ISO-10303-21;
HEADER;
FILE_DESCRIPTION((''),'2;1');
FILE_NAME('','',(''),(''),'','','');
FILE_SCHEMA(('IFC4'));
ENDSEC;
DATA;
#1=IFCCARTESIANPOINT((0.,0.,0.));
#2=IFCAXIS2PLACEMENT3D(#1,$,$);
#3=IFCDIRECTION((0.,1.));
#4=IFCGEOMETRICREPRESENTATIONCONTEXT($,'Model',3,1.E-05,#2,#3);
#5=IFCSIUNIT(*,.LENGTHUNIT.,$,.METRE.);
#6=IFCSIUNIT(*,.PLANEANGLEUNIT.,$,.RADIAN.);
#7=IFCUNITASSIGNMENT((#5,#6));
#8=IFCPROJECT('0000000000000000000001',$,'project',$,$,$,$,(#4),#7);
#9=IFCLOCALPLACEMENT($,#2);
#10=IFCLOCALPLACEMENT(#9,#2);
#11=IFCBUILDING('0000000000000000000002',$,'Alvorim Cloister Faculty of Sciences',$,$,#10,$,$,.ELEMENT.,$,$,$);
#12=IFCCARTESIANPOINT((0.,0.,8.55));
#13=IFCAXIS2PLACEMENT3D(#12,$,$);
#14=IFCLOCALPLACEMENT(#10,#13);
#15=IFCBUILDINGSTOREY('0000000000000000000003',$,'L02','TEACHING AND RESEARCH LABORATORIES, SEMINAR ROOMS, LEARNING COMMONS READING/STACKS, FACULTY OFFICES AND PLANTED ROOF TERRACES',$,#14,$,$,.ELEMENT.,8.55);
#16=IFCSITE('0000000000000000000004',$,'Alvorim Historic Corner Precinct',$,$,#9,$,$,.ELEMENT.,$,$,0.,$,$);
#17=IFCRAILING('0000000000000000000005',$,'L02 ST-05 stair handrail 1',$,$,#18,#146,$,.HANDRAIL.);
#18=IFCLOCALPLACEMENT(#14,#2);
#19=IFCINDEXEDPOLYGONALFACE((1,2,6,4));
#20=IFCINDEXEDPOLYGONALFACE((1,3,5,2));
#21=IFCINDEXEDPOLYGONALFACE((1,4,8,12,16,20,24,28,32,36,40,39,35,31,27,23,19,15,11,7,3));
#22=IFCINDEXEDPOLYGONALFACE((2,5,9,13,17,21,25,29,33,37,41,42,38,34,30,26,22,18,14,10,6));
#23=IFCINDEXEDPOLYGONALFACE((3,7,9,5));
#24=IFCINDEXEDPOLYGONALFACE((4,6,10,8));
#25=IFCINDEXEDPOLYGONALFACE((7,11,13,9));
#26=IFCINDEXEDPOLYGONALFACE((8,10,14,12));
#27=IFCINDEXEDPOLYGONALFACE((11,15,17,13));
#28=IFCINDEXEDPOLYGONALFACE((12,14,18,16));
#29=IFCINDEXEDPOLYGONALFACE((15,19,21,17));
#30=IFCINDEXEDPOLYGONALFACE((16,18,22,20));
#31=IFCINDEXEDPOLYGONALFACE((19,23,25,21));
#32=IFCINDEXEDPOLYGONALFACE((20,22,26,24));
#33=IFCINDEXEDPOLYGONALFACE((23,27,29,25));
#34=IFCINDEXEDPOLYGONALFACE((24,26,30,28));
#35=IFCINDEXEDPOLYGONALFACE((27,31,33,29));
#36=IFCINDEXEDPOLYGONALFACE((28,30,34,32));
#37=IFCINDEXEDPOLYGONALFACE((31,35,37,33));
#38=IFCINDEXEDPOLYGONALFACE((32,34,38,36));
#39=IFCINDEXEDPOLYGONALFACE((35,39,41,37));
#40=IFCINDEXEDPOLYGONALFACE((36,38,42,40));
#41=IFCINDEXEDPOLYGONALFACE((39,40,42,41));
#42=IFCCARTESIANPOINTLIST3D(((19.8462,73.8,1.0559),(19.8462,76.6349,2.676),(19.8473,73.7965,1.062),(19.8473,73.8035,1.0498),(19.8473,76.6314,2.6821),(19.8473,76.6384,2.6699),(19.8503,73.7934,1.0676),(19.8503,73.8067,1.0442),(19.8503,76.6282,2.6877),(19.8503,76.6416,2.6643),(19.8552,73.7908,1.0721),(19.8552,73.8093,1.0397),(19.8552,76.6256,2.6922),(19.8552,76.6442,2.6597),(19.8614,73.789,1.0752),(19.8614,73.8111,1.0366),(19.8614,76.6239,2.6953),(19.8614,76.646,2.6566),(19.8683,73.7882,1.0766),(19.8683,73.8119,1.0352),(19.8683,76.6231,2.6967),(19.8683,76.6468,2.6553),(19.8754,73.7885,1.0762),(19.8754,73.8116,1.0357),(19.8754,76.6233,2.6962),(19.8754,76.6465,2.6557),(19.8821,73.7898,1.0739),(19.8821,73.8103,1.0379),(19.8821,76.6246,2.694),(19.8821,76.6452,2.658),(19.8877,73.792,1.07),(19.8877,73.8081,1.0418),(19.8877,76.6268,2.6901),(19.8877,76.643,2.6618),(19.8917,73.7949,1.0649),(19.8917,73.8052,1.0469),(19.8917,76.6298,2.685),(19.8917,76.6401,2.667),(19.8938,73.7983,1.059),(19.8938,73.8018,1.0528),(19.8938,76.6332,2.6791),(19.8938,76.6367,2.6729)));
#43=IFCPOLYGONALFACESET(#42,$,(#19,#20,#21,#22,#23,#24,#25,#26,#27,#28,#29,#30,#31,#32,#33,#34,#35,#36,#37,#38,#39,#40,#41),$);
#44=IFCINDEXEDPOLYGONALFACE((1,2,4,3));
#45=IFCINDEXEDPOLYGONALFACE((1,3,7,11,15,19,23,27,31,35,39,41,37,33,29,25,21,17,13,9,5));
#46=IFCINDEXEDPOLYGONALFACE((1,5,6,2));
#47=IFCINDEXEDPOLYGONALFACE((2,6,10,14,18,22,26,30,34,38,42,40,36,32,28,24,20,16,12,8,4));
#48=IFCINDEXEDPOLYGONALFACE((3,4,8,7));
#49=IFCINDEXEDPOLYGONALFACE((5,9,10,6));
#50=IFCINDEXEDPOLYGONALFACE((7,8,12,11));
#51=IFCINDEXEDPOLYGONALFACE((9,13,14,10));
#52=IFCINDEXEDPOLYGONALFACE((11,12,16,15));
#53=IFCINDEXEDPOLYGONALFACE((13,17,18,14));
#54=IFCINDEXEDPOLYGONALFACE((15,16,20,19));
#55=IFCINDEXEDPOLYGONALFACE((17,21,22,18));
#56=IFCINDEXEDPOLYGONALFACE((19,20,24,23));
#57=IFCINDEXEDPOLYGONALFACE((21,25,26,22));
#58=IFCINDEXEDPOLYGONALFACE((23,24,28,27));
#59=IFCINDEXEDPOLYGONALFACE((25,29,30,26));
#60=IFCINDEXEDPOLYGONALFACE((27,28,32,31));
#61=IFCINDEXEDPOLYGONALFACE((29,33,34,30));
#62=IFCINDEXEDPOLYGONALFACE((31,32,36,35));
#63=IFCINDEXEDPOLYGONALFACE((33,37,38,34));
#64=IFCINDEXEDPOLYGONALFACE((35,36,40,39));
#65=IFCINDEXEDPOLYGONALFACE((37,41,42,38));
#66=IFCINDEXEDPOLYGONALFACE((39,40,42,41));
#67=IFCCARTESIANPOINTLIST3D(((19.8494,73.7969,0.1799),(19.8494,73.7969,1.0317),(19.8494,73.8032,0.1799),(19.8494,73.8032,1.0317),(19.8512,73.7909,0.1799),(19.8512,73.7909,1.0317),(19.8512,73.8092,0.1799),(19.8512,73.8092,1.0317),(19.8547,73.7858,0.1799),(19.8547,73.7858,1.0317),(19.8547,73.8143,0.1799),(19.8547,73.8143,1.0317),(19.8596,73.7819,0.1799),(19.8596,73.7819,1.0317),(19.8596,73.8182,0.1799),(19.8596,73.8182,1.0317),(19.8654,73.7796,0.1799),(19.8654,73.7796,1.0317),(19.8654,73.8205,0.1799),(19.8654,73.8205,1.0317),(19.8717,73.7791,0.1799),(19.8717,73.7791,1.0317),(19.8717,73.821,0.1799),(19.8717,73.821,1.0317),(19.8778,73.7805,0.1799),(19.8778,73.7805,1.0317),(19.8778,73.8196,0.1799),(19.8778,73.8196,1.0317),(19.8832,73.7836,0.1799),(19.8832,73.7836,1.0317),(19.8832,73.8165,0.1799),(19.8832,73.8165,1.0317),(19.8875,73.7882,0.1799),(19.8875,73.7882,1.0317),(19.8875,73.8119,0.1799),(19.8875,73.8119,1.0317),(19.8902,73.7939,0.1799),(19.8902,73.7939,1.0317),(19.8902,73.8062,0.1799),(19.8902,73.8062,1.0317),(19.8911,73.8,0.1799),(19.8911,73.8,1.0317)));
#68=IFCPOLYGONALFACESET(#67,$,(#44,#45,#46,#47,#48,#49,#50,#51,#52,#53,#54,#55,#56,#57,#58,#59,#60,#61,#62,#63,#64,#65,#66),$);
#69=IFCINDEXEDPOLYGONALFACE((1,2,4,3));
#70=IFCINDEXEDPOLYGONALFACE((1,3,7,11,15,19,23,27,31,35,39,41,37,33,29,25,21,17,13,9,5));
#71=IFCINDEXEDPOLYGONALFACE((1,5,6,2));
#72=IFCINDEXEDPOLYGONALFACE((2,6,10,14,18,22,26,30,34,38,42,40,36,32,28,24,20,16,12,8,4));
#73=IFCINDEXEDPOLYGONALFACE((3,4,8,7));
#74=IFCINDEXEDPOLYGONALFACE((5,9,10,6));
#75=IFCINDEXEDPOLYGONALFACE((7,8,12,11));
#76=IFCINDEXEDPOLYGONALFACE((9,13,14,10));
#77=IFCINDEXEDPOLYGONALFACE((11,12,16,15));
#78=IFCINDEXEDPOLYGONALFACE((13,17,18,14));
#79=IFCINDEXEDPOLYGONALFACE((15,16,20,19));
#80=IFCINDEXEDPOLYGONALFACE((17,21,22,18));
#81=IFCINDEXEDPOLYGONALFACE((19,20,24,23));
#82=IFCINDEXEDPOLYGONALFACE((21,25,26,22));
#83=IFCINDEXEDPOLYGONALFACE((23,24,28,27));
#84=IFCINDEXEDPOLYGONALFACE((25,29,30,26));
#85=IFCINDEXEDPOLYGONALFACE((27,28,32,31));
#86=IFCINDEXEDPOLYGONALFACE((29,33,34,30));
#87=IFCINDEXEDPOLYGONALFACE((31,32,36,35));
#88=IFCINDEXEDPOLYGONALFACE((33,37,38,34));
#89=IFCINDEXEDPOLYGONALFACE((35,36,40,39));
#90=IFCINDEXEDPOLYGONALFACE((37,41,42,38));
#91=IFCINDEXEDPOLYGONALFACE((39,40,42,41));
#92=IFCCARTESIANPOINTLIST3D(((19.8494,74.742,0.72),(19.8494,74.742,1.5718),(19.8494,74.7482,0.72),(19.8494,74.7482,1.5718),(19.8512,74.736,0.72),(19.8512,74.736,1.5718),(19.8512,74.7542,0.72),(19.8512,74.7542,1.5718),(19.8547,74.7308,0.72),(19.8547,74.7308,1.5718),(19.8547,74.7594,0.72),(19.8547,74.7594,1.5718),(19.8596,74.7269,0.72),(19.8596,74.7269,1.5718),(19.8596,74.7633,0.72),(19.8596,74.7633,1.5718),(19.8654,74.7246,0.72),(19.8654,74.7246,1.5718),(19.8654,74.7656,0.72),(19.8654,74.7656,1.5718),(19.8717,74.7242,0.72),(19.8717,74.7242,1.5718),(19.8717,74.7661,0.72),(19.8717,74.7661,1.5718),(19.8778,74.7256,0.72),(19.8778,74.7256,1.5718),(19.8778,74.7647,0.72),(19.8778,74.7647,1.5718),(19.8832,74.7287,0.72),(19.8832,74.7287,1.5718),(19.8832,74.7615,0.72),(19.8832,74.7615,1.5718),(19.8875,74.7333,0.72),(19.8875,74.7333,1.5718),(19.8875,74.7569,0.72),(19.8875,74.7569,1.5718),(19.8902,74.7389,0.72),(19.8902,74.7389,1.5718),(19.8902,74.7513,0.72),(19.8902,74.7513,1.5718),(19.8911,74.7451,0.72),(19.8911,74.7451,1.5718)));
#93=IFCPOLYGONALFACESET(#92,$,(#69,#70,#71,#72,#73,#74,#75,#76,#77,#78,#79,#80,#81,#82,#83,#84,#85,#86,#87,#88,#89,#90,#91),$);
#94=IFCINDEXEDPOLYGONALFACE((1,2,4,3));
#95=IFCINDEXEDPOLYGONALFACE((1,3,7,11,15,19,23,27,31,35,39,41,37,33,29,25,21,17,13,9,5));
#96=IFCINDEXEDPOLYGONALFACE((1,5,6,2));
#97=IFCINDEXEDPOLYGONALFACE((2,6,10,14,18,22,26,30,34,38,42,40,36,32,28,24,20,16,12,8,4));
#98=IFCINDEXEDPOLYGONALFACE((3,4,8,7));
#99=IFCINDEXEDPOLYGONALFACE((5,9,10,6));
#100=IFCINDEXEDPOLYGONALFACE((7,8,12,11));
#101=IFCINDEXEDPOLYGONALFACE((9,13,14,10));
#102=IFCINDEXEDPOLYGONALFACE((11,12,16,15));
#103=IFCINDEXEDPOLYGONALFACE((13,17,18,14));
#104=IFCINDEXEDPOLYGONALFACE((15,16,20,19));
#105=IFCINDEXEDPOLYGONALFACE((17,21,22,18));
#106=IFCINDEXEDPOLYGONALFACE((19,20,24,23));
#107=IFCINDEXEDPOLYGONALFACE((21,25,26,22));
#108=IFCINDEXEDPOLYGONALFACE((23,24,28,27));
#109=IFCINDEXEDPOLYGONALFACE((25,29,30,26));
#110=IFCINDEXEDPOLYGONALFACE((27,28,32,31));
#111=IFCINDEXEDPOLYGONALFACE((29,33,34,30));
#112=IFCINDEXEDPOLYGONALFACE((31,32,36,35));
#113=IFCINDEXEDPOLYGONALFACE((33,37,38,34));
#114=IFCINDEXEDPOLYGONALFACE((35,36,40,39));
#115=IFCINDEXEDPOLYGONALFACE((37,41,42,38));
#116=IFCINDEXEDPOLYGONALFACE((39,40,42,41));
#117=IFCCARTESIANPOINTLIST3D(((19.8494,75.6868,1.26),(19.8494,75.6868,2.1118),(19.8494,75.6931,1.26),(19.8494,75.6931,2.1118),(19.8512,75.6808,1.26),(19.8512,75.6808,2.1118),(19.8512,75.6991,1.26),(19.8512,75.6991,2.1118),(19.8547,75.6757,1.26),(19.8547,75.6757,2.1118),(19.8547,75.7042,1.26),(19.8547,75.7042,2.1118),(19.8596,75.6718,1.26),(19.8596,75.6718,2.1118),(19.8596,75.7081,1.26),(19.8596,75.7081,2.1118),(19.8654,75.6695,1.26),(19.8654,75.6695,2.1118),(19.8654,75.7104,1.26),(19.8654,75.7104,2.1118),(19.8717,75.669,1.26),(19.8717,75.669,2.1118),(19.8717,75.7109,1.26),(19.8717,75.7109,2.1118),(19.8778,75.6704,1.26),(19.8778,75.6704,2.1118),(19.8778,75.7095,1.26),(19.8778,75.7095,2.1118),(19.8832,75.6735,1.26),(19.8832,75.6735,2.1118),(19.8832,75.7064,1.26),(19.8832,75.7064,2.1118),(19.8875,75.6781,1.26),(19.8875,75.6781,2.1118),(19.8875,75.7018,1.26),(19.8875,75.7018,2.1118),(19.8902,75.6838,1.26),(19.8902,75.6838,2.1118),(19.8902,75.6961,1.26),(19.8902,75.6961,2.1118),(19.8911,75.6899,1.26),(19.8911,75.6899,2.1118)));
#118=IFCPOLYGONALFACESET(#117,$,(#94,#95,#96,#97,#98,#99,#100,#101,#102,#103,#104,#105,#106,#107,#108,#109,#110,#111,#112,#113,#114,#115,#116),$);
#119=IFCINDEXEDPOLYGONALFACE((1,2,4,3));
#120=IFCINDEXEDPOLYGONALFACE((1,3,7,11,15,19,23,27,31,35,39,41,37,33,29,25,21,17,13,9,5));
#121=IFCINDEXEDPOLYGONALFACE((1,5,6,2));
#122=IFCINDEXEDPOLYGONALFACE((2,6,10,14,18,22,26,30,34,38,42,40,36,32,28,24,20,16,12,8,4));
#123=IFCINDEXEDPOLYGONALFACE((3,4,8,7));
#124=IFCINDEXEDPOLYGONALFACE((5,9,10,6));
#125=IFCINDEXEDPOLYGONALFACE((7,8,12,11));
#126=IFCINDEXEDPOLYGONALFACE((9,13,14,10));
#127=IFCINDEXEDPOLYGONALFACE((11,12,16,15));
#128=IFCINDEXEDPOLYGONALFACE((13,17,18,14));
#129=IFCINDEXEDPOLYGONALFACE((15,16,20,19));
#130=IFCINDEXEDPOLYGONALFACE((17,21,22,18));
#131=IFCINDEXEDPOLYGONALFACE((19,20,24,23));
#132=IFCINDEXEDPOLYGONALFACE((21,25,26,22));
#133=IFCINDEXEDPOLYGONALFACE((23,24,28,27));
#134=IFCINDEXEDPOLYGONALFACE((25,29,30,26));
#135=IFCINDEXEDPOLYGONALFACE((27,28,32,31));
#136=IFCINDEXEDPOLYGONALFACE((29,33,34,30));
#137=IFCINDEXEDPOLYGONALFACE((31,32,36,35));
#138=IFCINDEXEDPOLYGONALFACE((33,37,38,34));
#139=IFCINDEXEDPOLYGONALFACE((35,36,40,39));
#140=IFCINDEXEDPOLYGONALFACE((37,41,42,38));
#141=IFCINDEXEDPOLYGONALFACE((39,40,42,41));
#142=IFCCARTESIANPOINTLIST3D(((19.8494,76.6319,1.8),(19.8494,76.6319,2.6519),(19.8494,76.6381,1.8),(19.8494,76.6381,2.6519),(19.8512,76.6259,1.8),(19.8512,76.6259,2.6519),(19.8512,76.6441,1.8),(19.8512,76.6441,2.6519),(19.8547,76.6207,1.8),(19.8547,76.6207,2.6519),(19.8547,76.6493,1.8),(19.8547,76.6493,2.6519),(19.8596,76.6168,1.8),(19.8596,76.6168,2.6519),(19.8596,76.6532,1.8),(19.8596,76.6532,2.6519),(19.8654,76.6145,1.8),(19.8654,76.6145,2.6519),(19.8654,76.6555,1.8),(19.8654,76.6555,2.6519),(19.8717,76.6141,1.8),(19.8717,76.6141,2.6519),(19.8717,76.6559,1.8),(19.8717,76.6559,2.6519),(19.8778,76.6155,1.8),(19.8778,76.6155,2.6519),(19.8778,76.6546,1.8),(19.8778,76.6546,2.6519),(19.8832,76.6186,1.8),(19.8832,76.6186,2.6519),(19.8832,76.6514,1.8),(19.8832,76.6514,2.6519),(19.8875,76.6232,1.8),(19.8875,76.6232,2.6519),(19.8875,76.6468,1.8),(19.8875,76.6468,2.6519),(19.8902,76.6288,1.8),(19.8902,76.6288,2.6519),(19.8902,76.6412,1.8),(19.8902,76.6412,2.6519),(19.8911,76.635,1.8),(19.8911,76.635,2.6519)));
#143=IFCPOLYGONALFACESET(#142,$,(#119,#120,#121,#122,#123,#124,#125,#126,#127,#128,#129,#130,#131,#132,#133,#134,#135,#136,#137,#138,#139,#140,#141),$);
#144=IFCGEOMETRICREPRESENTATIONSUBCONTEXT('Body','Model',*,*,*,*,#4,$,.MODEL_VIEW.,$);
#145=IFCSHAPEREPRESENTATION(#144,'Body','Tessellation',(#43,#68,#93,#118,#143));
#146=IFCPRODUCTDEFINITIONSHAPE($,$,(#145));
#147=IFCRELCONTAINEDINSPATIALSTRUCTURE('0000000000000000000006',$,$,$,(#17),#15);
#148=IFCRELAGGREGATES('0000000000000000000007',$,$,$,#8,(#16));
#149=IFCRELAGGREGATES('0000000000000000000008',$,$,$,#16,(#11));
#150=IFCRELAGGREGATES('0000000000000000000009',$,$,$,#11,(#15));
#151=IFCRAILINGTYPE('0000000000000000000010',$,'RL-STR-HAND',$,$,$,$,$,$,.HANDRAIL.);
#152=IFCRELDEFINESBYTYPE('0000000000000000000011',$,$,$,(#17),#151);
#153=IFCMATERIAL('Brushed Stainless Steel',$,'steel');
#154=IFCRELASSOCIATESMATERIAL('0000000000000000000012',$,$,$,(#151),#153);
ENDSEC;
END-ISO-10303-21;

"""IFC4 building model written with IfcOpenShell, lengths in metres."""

from ifc_helpers import new_model, si_unit, direction, frame, origin, origin_2d, place, context, subcontext, project, spatial, circle, extrude, material, type_object, element, save


model = new_model("IFC4")

# Units and contexts
model_context = context("Model", 3, precision=1e-05, world=origin(), true_north=direction((0.0, 1.0)))
body_context = subcontext(model_context, "Body", "Model", "MODEL_VIEW")
ifc_project = project(units=[si_unit("LENGTHUNIT", "METRE"), si_unit("PLANEANGLEUNIT", "RADIAN")], contexts=[model_context])

# Site, building, storey
site_placement = place(None, origin())
site = spatial("IfcSite", under=ifc_project, at=site_placement, Name="Alvorim Historic Corner Precinct", CompositionType="ELEMENT", RefElevation=0.0)
building_placement = place(site_placement, origin())
building = spatial("IfcBuilding", under=site, at=building_placement, Name="Alvorim Cloister Faculty of Sciences", CompositionType="ELEMENT")
storey_placement = place(building_placement, frame((0.0, 0.0, 8.55)))
storey = spatial("IfcBuildingStorey", under=building, at=storey_placement, Name="L02", Description="TEACHING AND RESEARCH LABORATORIES, SEMINAR ROOMS, LEARNING COMMONS READING/STACKS, FACULTY OFFICES AND PLANTED ROOF TERRACES", CompositionType="ELEMENT", Elevation=8.55)

# Railing
ifc_material_1 = material(Name="Brushed Stainless Steel", Category="steel")
railing_type_1 = type_object("IfcRailingType", Name="RL-STR-HAND", PredefinedType="HANDRAIL", material=ifc_material_1)
railing_1_placement = place(storey_placement, frame((19.8701, 73.8, 0.1799)))
element("IfcRailing", 1, at=railing_1_placement, inside=storey, type_object=railing_type_1, Name="L02 ST-05 stair handrail 1", PredefinedType="HANDRAIL", context=body_context, shape_type="SweptSolid", body=[
    extrude(circle(Radius=0.0239, at=origin_2d()), frame((0.0, 0.0, 0.876), z_axis=(0.0, 0.868225, 0.496171), x_axis=(-1.0, 0.0, 0.0)), (0.0, 0.0, 1.0), 3.2651),
    extrude(circle(Radius=0.021, at=origin_2d()), origin(), (0.0, 0.0, 1.0), 0.8518),
    extrude(circle(Radius=0.021, at=origin_2d()), frame((0.0, 0.9451, 0.54)), (0.0, 0.0, 1.0), 0.8518),
    extrude(circle(Radius=0.021, at=origin_2d()), frame((0.0, 1.8899, 1.0801)), (0.0, 0.0, 1.0), 0.8518),
    extrude(circle(Radius=0.021, at=origin_2d()), frame((0.0, 2.835, 1.6201)), (0.0, 0.0, 1.0), 0.8518),
])

save(model, "model.ifc")
